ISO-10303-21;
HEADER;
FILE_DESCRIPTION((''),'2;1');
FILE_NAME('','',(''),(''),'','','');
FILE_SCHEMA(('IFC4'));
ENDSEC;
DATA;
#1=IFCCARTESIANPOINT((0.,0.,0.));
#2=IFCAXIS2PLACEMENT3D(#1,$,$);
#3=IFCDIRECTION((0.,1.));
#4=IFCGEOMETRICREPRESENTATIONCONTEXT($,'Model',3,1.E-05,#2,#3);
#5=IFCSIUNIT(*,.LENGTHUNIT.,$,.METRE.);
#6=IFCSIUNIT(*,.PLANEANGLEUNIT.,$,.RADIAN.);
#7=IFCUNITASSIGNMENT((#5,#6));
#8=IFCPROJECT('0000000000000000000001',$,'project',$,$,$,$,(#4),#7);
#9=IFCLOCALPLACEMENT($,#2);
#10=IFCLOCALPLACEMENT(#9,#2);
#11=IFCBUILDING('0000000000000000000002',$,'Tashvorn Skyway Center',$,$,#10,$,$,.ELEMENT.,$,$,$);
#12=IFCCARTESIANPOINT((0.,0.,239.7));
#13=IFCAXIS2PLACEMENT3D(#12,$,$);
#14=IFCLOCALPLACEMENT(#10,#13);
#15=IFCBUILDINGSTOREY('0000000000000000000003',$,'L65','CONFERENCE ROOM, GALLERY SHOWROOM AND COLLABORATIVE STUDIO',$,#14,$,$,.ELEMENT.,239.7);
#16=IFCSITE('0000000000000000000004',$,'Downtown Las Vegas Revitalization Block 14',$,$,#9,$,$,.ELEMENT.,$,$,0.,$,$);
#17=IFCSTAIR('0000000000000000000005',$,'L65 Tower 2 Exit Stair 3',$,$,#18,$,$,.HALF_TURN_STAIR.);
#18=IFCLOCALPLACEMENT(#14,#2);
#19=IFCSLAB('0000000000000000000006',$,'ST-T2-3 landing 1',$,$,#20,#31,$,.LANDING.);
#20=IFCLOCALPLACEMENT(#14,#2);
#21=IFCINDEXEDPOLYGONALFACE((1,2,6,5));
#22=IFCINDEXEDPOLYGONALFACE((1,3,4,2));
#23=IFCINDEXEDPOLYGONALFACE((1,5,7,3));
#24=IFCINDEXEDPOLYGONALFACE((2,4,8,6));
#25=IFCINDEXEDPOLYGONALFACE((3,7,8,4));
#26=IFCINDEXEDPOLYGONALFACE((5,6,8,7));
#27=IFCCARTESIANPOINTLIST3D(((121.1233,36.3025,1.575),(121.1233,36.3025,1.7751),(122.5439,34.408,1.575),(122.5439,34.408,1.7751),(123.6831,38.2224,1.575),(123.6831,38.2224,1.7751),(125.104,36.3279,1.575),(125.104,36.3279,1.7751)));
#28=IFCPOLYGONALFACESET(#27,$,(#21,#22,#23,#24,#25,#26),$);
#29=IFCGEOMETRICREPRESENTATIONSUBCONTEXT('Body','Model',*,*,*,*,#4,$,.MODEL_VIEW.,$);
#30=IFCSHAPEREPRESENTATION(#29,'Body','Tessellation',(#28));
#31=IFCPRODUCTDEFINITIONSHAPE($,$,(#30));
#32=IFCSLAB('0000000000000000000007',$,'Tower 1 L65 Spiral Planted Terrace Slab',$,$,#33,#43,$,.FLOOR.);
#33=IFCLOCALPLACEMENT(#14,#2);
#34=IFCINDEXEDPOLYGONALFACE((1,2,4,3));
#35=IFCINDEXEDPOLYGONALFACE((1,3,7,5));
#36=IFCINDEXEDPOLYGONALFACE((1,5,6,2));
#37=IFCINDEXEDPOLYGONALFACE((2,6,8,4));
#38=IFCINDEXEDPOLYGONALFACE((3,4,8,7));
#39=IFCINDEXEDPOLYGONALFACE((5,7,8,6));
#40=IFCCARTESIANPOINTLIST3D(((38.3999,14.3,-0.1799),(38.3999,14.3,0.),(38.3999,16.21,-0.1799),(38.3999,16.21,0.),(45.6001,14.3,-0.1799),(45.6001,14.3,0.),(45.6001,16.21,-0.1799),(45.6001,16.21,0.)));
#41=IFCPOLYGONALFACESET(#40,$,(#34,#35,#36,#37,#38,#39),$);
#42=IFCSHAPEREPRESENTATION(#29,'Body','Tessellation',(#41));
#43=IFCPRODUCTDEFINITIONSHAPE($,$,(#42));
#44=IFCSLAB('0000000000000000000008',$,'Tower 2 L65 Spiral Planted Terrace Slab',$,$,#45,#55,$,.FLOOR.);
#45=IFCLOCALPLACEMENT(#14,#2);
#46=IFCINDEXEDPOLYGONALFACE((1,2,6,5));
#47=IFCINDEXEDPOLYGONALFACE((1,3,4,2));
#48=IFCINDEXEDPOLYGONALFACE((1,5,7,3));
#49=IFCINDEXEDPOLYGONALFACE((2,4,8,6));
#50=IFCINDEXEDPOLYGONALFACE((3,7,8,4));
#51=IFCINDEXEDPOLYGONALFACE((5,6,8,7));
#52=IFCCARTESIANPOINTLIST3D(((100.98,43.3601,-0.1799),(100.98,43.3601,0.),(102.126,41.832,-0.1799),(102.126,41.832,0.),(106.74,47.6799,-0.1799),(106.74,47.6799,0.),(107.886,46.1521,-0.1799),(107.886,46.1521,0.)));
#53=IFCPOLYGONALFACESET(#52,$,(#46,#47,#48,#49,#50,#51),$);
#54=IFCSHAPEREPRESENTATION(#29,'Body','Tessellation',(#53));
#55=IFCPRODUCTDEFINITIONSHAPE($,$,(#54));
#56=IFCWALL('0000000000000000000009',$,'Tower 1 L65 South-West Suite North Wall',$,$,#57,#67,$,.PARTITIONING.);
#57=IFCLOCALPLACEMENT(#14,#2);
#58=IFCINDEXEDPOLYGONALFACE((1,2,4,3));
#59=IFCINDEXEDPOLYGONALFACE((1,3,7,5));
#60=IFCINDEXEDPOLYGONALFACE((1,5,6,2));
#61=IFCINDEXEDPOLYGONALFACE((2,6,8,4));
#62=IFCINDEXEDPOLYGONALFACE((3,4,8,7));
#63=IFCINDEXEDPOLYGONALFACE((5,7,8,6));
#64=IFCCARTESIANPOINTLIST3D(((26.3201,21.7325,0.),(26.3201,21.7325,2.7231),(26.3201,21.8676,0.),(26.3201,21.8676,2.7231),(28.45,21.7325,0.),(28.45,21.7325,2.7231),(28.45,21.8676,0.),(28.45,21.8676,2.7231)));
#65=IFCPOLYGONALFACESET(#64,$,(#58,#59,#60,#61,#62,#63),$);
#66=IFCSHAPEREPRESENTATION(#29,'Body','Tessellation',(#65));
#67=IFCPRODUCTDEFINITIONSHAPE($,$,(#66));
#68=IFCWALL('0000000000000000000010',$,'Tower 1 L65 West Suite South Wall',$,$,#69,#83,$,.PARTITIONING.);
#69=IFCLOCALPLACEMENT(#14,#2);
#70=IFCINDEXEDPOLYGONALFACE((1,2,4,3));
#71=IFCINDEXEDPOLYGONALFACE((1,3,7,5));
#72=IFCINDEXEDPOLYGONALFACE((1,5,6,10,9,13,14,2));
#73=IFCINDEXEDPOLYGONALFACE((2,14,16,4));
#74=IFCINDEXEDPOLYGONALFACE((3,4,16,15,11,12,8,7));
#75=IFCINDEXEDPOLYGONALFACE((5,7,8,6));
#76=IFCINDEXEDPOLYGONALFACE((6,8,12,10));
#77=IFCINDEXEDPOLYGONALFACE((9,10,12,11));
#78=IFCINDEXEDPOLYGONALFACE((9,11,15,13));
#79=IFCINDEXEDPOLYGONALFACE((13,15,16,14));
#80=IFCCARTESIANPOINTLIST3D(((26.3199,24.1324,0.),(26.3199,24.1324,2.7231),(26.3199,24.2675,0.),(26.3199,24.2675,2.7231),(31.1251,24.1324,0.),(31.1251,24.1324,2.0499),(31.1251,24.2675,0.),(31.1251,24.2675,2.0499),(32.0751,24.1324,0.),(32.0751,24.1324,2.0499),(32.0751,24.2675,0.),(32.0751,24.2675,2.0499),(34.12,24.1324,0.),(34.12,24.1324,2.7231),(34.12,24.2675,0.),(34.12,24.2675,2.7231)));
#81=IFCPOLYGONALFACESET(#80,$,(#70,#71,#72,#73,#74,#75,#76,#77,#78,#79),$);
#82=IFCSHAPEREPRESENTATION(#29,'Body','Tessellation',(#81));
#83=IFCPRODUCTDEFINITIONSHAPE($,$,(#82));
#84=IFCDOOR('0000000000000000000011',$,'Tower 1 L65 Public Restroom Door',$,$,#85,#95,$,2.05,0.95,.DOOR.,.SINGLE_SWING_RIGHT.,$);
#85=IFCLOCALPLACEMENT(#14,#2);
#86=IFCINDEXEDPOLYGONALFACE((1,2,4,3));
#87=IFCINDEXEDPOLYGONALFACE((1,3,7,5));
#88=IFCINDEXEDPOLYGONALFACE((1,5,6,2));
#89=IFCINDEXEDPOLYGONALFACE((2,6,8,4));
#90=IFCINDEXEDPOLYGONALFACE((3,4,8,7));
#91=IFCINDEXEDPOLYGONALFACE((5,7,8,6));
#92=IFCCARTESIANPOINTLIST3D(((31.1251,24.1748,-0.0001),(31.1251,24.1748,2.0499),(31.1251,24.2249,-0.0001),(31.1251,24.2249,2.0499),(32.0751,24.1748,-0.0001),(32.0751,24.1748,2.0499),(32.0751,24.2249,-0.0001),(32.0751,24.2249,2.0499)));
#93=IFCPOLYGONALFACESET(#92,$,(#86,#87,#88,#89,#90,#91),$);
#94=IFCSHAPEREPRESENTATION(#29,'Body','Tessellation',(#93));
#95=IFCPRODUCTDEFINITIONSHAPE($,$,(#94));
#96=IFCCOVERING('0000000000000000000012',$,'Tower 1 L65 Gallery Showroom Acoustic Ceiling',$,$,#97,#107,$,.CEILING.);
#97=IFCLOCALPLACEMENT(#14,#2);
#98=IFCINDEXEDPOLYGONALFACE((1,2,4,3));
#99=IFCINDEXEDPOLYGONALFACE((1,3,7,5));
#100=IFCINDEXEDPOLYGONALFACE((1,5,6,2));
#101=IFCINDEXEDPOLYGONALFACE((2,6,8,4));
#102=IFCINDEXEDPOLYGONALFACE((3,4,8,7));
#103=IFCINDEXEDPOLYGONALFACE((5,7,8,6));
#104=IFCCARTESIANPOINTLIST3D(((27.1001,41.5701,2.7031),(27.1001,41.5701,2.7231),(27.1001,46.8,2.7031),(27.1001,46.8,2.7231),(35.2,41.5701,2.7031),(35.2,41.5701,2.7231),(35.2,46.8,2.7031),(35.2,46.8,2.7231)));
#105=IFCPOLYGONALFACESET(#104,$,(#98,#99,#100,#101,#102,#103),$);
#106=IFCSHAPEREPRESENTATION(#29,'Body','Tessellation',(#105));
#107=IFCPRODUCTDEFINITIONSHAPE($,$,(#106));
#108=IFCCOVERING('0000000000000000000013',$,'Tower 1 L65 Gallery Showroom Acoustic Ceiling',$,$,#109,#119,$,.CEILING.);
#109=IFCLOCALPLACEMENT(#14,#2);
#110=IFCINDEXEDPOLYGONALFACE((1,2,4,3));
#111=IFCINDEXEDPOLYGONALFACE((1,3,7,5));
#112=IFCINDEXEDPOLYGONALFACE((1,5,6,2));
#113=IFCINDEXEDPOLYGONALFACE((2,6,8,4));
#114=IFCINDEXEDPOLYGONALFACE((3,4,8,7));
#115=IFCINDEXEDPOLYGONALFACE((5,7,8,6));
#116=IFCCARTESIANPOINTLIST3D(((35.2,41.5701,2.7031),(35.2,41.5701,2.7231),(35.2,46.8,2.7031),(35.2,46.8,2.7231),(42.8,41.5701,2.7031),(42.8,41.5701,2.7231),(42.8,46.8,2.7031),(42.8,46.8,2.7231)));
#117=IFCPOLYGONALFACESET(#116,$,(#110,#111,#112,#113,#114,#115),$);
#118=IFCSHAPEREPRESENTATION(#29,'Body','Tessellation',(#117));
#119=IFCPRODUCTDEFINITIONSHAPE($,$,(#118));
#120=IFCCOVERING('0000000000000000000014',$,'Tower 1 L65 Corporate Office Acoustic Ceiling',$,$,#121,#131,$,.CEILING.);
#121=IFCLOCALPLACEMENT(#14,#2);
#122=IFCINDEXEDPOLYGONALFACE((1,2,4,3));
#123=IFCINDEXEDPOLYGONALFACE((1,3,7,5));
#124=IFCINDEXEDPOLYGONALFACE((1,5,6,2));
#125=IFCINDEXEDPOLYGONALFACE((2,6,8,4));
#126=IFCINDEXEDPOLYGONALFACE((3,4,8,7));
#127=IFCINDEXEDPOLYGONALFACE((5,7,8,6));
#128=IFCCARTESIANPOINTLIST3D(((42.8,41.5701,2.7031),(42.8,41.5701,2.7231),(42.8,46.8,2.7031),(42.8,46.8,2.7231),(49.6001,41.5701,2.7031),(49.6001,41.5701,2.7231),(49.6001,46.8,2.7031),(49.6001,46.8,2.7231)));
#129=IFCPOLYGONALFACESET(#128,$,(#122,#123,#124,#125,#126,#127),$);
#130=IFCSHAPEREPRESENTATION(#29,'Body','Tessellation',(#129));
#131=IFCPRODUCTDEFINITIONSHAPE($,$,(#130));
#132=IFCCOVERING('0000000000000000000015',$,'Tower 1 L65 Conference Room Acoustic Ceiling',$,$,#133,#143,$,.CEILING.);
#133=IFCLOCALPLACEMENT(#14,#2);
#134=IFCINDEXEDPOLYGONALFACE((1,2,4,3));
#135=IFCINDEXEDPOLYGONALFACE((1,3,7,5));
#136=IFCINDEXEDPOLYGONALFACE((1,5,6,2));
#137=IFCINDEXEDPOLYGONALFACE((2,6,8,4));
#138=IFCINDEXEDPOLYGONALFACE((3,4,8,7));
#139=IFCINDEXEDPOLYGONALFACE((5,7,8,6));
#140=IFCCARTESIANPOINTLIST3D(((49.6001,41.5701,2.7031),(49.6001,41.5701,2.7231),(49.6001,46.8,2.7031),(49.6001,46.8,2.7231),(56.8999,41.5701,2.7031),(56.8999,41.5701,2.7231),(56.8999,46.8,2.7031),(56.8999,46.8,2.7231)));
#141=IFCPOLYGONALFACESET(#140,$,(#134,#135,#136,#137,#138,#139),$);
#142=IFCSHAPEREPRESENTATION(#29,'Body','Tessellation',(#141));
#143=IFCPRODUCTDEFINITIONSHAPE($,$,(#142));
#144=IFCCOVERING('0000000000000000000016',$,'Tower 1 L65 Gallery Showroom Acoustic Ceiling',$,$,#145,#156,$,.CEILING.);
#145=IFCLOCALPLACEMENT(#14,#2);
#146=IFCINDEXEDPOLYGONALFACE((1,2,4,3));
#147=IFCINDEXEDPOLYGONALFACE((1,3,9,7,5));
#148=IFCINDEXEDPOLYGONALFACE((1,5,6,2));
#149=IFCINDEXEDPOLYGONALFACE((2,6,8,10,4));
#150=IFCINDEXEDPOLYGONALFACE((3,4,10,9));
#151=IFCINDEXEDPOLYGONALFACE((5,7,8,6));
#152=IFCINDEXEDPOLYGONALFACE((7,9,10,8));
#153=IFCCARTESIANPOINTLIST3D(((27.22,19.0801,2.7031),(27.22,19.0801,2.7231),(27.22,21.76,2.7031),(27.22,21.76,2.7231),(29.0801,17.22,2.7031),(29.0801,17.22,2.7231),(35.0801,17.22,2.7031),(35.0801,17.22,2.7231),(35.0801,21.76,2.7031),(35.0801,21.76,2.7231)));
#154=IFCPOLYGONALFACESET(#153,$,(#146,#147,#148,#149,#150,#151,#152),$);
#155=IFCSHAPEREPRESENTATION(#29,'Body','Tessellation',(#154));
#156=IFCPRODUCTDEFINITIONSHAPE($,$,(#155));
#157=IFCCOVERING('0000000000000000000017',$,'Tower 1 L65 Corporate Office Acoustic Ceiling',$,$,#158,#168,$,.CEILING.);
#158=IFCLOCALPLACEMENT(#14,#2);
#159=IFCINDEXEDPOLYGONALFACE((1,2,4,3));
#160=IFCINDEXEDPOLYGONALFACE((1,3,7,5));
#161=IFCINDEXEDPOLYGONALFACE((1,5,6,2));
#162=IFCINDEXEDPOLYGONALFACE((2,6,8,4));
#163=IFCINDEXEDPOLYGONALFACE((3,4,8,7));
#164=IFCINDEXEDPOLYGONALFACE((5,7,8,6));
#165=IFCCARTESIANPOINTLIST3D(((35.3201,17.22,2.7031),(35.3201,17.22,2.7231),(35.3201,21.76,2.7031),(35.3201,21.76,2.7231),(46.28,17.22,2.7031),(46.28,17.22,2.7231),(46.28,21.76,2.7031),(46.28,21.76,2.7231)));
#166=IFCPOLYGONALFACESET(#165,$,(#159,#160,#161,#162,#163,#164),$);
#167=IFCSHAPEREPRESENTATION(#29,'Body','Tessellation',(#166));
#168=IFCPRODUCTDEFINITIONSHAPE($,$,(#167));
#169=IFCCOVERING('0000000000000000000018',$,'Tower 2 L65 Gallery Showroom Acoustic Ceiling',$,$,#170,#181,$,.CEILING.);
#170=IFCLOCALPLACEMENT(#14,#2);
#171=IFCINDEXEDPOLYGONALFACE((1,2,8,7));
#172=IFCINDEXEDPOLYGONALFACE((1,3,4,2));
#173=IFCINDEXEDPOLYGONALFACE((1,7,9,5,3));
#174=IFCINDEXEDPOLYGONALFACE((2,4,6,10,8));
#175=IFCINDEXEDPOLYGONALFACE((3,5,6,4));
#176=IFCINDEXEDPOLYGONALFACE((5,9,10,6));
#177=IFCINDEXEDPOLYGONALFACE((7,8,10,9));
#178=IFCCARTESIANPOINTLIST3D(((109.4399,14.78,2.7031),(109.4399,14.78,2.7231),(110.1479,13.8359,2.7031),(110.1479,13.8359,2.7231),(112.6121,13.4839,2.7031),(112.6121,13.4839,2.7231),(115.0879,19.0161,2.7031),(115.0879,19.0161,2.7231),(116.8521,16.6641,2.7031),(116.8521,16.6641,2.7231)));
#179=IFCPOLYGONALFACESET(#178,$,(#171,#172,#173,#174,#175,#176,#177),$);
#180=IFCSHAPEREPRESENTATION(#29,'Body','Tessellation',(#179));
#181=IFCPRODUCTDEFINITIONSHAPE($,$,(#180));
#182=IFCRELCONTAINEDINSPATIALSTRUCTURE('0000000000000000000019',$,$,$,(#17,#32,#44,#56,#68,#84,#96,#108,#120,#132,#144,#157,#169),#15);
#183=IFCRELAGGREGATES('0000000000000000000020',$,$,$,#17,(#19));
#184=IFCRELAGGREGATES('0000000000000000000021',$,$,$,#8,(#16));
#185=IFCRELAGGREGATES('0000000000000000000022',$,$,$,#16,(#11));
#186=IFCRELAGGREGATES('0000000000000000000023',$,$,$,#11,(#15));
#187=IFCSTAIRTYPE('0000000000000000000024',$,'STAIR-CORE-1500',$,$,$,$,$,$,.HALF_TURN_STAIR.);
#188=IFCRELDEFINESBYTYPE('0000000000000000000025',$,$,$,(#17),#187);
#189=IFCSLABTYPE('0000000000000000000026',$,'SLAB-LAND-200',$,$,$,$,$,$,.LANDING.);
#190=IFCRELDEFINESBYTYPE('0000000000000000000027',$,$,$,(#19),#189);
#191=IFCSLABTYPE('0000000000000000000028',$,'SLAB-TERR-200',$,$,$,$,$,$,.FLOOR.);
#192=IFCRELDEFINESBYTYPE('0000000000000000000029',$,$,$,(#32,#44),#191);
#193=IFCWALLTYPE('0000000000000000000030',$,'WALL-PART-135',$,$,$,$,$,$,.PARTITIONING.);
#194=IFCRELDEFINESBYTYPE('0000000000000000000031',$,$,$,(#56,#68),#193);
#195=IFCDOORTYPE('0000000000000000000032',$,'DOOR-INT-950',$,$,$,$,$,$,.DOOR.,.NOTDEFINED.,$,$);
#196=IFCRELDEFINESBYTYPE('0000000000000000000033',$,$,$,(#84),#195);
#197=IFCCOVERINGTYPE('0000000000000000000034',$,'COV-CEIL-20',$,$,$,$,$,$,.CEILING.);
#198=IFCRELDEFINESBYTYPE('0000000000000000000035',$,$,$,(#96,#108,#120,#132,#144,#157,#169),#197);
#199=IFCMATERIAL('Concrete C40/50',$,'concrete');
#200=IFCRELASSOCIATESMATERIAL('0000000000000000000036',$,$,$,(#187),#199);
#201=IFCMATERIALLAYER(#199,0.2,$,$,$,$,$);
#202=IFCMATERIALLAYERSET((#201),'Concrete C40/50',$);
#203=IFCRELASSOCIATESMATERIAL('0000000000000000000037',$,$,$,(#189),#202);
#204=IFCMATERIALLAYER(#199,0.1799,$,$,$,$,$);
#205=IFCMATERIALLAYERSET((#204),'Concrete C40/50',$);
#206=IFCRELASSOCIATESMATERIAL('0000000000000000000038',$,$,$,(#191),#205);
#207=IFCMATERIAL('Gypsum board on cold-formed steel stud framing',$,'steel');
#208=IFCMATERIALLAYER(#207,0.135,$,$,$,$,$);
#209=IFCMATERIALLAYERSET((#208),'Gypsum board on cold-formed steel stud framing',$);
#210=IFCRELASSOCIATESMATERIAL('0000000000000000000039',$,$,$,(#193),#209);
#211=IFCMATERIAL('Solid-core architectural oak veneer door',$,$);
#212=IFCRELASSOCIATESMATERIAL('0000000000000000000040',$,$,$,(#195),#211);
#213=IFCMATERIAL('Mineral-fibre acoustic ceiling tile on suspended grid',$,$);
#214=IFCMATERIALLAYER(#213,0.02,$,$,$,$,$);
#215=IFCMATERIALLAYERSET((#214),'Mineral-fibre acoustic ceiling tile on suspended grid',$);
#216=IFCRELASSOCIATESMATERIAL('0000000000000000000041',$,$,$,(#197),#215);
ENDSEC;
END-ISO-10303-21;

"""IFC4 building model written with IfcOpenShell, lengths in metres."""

from ifc_helpers import new_model, si_unit, direction, frame, frame_2d, origin, place, context, subcontext, project, spatial, polyline, rectangle, outline, extrude, material, layer, layer_set, type_object, element, fill, aggregate, save


model = new_model("IFC4")

# Units and contexts
model_context = context("Model", 3, precision=1e-05, world=origin(), true_north=direction((0.0, 1.0)))
body_context = subcontext(model_context, "Body", "Model", "MODEL_VIEW")
ifc_project = project(units=[si_unit("LENGTHUNIT", "METRE"), si_unit("PLANEANGLEUNIT", "RADIAN")], contexts=[model_context])

# Site, building, storey
site_placement = place(None, origin())
site = spatial("IfcSite", under=ifc_project, at=site_placement, Name="Downtown Las Vegas Revitalization Block 14", CompositionType="ELEMENT", RefElevation=0.0)
building_placement = place(site_placement, origin())
building = spatial("IfcBuilding", under=site, at=building_placement, Name="Tashvorn Skyway Center", CompositionType="ELEMENT")
storey_placement = place(building_placement, frame((0.0, 0.0, 239.7)))
storey = spatial("IfcBuildingStorey", under=building, at=storey_placement, Name="L65", Description="CONFERENCE ROOM, GALLERY SHOWROOM AND COLLABORATIVE STUDIO", CompositionType="ELEMENT", Elevation=239.7)

# Shared definitions
ifc_material_1 = material(Name="Concrete C40/50", Category="concrete")

# Stair, slab
stair_type = type_object("IfcStairType", Name="STAIR-CORE-1500", PredefinedType="HALF_TURN_STAIR", material=ifc_material_1)
ifc_layer_1 = layer(ifc_material_1, 0.2)
ifc_layer_set_1 = layer_set([ifc_layer_1], Name="Concrete C40/50")
slab_type_1 = type_object("IfcSlabType", Name="SLAB-LAND-200", PredefinedType="LANDING", material=ifc_layer_set_1)
stair_1_placement = place(storey_placement, origin())
stair_1 = element("IfcStair", 1, at=stair_1_placement, inside=storey, type_object=stair_type, Name="L65 Tower 2 Exit Stair 3", PredefinedType="HALF_TURN_STAIR")
slab_1_placement = place(storey_placement, frame((0.0, 0.0, 1.575)))
slab_1 = element("IfcSlab", 2, at=slab_1_placement, type_object=slab_type_1, Name="ST-T2-3 landing 1", PredefinedType="LANDING", context=body_context, shape_type="SweptSolid", body=[
    extrude(outline(polyline([(121.1233, 36.3025), (122.5439, 34.408), (125.104, 36.3279), (123.6831, 38.2224), (121.1233, 36.3025)])), origin(), (0.0, 0.0, 1.0), 0.2002),
])
aggregate(stair_1, [slab_1])

# Slabs
ifc_layer_2 = layer(ifc_material_1, 0.1799)
ifc_layer_set_2 = layer_set([ifc_layer_2], Name="Concrete C40/50")
slab_type_2 = type_object("IfcSlabType", Name="SLAB-TERR-200", PredefinedType="FLOOR", material=ifc_layer_set_2)
slab_2_placement = place(storey_placement, frame((0.0, 0.0, -0.1799)))
element("IfcSlab", 3, at=slab_2_placement, inside=storey, type_object=slab_type_2, Name="Tower 1 L65 Spiral Planted Terrace Slab", PredefinedType="FLOOR", context=body_context, shape_type="SweptSolid", body=[
    extrude(outline(polyline([(38.3999, 14.3), (45.6001, 14.3), (45.6001, 16.21), (38.3999, 16.21), (38.3999, 14.3)])), origin(), (0.0, 0.0, 1.0), 0.1799),
])
slab_3_placement = place(storey_placement, frame((0.0, 0.0, -0.1799)))
element("IfcSlab", 4, at=slab_3_placement, inside=storey, type_object=slab_type_2, Name="Tower 2 L65 Spiral Planted Terrace Slab", PredefinedType="FLOOR", context=body_context, shape_type="SweptSolid", body=[
    extrude(outline(polyline([(102.126, 41.832), (107.886, 46.1521), (106.74, 47.6799), (100.98, 43.3601), (102.126, 41.832)])), origin(), (0.0, 0.0, 1.0), 0.1799),
])

# Wall
ifc_material_2 = material(Name="Gypsum board on cold-formed steel stud framing", Category="steel")
ifc_layer_3 = layer(ifc_material_2, 0.135)
ifc_layer_set_3 = layer_set([ifc_layer_3], Name="Gypsum board on cold-formed steel stud framing")
wall_type = type_object("IfcWallType", Name="WALL-PART-135", PredefinedType="PARTITIONING", material=ifc_layer_set_3)
wall_1_placement = place(storey_placement, frame((26.3201, 21.8, 0.0), z_axis=(0.0, 0.0, 1.0), x_axis=(1.0, 0.0, 0.0)))
element("IfcWall", 5, at=wall_1_placement, inside=storey, type_object=wall_type, Name="Tower 1 L65 South-West Suite North Wall", PredefinedType="PARTITIONING", context=body_context, shape_type="SweptSolid", body=[
    extrude(rectangle(XDim=2.1299, YDim=0.135, at=frame_2d((1.0649, 0.0))), origin(), (0.0, 0.0, 1.0), 2.7231),
])

# Wall, opening, door
wall_2_placement = place(storey_placement, frame((26.3201, 24.2, 0.0), z_axis=(0.0, 0.0, 1.0), x_axis=(1.0, 0.0, 0.0)))
wall_2 = element("IfcWall", 6, at=wall_2_placement, inside=storey, type_object=wall_type, Name="Tower 1 L65 West Suite South Wall", PredefinedType="PARTITIONING", context=body_context, shape_type="SweptSolid", body=[
    extrude(rectangle(XDim=7.8, YDim=0.135, at=frame_2d((3.8999, 0.0))), origin(), (0.0, 0.0, 1.0), 2.7231),
])
opening_placement = place(wall_2_placement, frame((4.8049, 0.0, 0.0)))
opening = element("IfcOpeningElement", 7, at=opening_placement, cuts=wall_2, PredefinedType="OPENING", context=body_context, shape_type="SweptSolid", body=[
    extrude(rectangle(XDim=0.95, YDim=2.05, at=frame_2d((0.4751, 1.0249))), frame((0.0, 0.0774, 0.0), z_axis=(0.0, -1.0, 0.0), x_axis=(1.0, 0.0, 0.0)), (0.0, 0.0, 1.0), 0.155),
])
ifc_material_3 = material(Name="Solid-core architectural oak veneer door")
door_type = type_object("IfcDoorType", Name="DOOR-INT-950", OperationType="NOTDEFINED", PredefinedType="DOOR", material=ifc_material_3)
door_placement = place(opening_placement, origin())
door = element("IfcDoor", 8, at=door_placement, inside=storey, type_object=door_type, Name="Tower 1 L65 Public Restroom Door", OperationType="SINGLE_SWING_RIGHT", OverallHeight=2.05, OverallWidth=0.95, PredefinedType="DOOR", context=body_context, shape_type="SweptSolid", body=[
    extrude(rectangle(XDim=0.95, YDim=2.05, at=frame_2d((0.4751, 1.0249))), frame((0.0, 0.0249, 0.0), z_axis=(0.0, -1.0, 0.0), x_axis=(1.0, 0.0, 0.0)), (0.0, 0.0, 1.0), 0.05),
])
fill(opening, door)

# Coverings
ifc_material_4 = material(Name="Mineral-fibre acoustic ceiling tile on suspended grid")
ifc_layer_4 = layer(ifc_material_4, 0.02)
ifc_layer_set_4 = layer_set([ifc_layer_4], Name="Mineral-fibre acoustic ceiling tile on suspended grid")
covering_type_1 = type_object("IfcCoveringType", Name="COV-CEIL-20", PredefinedType="CEILING", material=ifc_layer_set_4)
covering_1_placement = place(storey_placement, frame((0.0, 0.0, 2.7031)))
element("IfcCovering", 9, at=covering_1_placement, inside=storey, type_object=covering_type_1, Name="Tower 1 L65 Gallery Showroom Acoustic Ceiling", PredefinedType="CEILING", context=body_context, shape_type="SweptSolid", body=[
    extrude(outline(polyline([(27.1001, 41.5701), (35.2, 41.5701), (35.2, 46.8), (27.1001, 46.8), (27.1001, 41.5701)])), origin(), (0.0, 0.0, 1.0), 0.02),
])
covering_2_placement = place(storey_placement, frame((0.0, 0.0, 2.7031)))
element("IfcCovering", 10, at=covering_2_placement, inside=storey, type_object=covering_type_1, Name="Tower 1 L65 Gallery Showroom Acoustic Ceiling", PredefinedType="CEILING", context=body_context, shape_type="SweptSolid", body=[
    extrude(outline(polyline([(35.2, 41.5701), (42.8, 41.5701), (42.8, 46.8), (35.2, 46.8), (35.2, 41.5701)])), origin(), (0.0, 0.0, 1.0), 0.02),
])
covering_3_placement = place(storey_placement, frame((0.0, 0.0, 2.7031)))
element("IfcCovering", 11, at=covering_3_placement, inside=storey, type_object=covering_type_1, Name="Tower 1 L65 Corporate Office Acoustic Ceiling", PredefinedType="CEILING", context=body_context, shape_type="SweptSolid", body=[
    extrude(outline(polyline([(42.8, 41.5701), (49.6001, 41.5701), (49.6001, 46.8), (42.8, 46.8), (42.8, 41.5701)])), origin(), (0.0, 0.0, 1.0), 0.02),
])
covering_4_placement = place(storey_placement, frame((0.0, 0.0, 2.7031)))
element("IfcCovering", 12, at=covering_4_placement, inside=storey, type_object=covering_type_1, Name="Tower 1 L65 Conference Room Acoustic Ceiling", PredefinedType="CEILING", context=body_context, shape_type="SweptSolid", body=[
    extrude(outline(polyline([(49.6001, 41.5701), (56.8999, 41.5701), (56.8999, 46.8), (49.6001, 46.8), (49.6001, 41.5701)])), origin(), (0.0, 0.0, 1.0), 0.02),
])
covering_5_placement = place(storey_placement, frame((0.0, 0.0, 2.7031)))
element("IfcCovering", 13, at=covering_5_placement, inside=storey, type_object=covering_type_1, Name="Tower 1 L65 Gallery Showroom Acoustic Ceiling", PredefinedType="CEILING", context=body_context, shape_type="SweptSolid", body=[
    extrude(outline(polyline([(27.22, 21.76), (35.0801, 21.76), (35.0801, 17.22), (29.0801, 17.22), (27.22, 19.0801), (27.22, 21.76)])), origin(), (0.0, 0.0, 1.0), 0.02),
])
covering_6_placement = place(storey_placement, frame((0.0, 0.0, 2.7031)))
element("IfcCovering", 14, at=covering_6_placement, inside=storey, type_object=covering_type_1, Name="Tower 1 L65 Corporate Office Acoustic Ceiling", PredefinedType="CEILING", context=body_context, shape_type="SweptSolid", body=[
    extrude(outline(polyline([(35.3201, 21.76), (46.28, 21.76), (46.28, 17.22), (35.3201, 17.22), (35.3201, 21.76)])), origin(), (0.0, 0.0, 1.0), 0.02),
])
covering_7_placement = place(storey_placement, frame((0.0, 0.0, 2.7031)))
element("IfcCovering", 15, at=covering_7_placement, inside=storey, type_object=covering_type_1, Name="Tower 2 L65 Gallery Showroom Acoustic Ceiling", PredefinedType="CEILING", context=body_context, shape_type="SweptSolid", body=[
    extrude(outline(polyline([(109.4399, 14.78), (115.0879, 19.0161), (116.8521, 16.6641), (112.6121, 13.4839), (110.1479, 13.8359), (109.4399, 14.78)])), origin(), (0.0, 0.0, 1.0), 0.02),
])

save(model, "model.ifc")
